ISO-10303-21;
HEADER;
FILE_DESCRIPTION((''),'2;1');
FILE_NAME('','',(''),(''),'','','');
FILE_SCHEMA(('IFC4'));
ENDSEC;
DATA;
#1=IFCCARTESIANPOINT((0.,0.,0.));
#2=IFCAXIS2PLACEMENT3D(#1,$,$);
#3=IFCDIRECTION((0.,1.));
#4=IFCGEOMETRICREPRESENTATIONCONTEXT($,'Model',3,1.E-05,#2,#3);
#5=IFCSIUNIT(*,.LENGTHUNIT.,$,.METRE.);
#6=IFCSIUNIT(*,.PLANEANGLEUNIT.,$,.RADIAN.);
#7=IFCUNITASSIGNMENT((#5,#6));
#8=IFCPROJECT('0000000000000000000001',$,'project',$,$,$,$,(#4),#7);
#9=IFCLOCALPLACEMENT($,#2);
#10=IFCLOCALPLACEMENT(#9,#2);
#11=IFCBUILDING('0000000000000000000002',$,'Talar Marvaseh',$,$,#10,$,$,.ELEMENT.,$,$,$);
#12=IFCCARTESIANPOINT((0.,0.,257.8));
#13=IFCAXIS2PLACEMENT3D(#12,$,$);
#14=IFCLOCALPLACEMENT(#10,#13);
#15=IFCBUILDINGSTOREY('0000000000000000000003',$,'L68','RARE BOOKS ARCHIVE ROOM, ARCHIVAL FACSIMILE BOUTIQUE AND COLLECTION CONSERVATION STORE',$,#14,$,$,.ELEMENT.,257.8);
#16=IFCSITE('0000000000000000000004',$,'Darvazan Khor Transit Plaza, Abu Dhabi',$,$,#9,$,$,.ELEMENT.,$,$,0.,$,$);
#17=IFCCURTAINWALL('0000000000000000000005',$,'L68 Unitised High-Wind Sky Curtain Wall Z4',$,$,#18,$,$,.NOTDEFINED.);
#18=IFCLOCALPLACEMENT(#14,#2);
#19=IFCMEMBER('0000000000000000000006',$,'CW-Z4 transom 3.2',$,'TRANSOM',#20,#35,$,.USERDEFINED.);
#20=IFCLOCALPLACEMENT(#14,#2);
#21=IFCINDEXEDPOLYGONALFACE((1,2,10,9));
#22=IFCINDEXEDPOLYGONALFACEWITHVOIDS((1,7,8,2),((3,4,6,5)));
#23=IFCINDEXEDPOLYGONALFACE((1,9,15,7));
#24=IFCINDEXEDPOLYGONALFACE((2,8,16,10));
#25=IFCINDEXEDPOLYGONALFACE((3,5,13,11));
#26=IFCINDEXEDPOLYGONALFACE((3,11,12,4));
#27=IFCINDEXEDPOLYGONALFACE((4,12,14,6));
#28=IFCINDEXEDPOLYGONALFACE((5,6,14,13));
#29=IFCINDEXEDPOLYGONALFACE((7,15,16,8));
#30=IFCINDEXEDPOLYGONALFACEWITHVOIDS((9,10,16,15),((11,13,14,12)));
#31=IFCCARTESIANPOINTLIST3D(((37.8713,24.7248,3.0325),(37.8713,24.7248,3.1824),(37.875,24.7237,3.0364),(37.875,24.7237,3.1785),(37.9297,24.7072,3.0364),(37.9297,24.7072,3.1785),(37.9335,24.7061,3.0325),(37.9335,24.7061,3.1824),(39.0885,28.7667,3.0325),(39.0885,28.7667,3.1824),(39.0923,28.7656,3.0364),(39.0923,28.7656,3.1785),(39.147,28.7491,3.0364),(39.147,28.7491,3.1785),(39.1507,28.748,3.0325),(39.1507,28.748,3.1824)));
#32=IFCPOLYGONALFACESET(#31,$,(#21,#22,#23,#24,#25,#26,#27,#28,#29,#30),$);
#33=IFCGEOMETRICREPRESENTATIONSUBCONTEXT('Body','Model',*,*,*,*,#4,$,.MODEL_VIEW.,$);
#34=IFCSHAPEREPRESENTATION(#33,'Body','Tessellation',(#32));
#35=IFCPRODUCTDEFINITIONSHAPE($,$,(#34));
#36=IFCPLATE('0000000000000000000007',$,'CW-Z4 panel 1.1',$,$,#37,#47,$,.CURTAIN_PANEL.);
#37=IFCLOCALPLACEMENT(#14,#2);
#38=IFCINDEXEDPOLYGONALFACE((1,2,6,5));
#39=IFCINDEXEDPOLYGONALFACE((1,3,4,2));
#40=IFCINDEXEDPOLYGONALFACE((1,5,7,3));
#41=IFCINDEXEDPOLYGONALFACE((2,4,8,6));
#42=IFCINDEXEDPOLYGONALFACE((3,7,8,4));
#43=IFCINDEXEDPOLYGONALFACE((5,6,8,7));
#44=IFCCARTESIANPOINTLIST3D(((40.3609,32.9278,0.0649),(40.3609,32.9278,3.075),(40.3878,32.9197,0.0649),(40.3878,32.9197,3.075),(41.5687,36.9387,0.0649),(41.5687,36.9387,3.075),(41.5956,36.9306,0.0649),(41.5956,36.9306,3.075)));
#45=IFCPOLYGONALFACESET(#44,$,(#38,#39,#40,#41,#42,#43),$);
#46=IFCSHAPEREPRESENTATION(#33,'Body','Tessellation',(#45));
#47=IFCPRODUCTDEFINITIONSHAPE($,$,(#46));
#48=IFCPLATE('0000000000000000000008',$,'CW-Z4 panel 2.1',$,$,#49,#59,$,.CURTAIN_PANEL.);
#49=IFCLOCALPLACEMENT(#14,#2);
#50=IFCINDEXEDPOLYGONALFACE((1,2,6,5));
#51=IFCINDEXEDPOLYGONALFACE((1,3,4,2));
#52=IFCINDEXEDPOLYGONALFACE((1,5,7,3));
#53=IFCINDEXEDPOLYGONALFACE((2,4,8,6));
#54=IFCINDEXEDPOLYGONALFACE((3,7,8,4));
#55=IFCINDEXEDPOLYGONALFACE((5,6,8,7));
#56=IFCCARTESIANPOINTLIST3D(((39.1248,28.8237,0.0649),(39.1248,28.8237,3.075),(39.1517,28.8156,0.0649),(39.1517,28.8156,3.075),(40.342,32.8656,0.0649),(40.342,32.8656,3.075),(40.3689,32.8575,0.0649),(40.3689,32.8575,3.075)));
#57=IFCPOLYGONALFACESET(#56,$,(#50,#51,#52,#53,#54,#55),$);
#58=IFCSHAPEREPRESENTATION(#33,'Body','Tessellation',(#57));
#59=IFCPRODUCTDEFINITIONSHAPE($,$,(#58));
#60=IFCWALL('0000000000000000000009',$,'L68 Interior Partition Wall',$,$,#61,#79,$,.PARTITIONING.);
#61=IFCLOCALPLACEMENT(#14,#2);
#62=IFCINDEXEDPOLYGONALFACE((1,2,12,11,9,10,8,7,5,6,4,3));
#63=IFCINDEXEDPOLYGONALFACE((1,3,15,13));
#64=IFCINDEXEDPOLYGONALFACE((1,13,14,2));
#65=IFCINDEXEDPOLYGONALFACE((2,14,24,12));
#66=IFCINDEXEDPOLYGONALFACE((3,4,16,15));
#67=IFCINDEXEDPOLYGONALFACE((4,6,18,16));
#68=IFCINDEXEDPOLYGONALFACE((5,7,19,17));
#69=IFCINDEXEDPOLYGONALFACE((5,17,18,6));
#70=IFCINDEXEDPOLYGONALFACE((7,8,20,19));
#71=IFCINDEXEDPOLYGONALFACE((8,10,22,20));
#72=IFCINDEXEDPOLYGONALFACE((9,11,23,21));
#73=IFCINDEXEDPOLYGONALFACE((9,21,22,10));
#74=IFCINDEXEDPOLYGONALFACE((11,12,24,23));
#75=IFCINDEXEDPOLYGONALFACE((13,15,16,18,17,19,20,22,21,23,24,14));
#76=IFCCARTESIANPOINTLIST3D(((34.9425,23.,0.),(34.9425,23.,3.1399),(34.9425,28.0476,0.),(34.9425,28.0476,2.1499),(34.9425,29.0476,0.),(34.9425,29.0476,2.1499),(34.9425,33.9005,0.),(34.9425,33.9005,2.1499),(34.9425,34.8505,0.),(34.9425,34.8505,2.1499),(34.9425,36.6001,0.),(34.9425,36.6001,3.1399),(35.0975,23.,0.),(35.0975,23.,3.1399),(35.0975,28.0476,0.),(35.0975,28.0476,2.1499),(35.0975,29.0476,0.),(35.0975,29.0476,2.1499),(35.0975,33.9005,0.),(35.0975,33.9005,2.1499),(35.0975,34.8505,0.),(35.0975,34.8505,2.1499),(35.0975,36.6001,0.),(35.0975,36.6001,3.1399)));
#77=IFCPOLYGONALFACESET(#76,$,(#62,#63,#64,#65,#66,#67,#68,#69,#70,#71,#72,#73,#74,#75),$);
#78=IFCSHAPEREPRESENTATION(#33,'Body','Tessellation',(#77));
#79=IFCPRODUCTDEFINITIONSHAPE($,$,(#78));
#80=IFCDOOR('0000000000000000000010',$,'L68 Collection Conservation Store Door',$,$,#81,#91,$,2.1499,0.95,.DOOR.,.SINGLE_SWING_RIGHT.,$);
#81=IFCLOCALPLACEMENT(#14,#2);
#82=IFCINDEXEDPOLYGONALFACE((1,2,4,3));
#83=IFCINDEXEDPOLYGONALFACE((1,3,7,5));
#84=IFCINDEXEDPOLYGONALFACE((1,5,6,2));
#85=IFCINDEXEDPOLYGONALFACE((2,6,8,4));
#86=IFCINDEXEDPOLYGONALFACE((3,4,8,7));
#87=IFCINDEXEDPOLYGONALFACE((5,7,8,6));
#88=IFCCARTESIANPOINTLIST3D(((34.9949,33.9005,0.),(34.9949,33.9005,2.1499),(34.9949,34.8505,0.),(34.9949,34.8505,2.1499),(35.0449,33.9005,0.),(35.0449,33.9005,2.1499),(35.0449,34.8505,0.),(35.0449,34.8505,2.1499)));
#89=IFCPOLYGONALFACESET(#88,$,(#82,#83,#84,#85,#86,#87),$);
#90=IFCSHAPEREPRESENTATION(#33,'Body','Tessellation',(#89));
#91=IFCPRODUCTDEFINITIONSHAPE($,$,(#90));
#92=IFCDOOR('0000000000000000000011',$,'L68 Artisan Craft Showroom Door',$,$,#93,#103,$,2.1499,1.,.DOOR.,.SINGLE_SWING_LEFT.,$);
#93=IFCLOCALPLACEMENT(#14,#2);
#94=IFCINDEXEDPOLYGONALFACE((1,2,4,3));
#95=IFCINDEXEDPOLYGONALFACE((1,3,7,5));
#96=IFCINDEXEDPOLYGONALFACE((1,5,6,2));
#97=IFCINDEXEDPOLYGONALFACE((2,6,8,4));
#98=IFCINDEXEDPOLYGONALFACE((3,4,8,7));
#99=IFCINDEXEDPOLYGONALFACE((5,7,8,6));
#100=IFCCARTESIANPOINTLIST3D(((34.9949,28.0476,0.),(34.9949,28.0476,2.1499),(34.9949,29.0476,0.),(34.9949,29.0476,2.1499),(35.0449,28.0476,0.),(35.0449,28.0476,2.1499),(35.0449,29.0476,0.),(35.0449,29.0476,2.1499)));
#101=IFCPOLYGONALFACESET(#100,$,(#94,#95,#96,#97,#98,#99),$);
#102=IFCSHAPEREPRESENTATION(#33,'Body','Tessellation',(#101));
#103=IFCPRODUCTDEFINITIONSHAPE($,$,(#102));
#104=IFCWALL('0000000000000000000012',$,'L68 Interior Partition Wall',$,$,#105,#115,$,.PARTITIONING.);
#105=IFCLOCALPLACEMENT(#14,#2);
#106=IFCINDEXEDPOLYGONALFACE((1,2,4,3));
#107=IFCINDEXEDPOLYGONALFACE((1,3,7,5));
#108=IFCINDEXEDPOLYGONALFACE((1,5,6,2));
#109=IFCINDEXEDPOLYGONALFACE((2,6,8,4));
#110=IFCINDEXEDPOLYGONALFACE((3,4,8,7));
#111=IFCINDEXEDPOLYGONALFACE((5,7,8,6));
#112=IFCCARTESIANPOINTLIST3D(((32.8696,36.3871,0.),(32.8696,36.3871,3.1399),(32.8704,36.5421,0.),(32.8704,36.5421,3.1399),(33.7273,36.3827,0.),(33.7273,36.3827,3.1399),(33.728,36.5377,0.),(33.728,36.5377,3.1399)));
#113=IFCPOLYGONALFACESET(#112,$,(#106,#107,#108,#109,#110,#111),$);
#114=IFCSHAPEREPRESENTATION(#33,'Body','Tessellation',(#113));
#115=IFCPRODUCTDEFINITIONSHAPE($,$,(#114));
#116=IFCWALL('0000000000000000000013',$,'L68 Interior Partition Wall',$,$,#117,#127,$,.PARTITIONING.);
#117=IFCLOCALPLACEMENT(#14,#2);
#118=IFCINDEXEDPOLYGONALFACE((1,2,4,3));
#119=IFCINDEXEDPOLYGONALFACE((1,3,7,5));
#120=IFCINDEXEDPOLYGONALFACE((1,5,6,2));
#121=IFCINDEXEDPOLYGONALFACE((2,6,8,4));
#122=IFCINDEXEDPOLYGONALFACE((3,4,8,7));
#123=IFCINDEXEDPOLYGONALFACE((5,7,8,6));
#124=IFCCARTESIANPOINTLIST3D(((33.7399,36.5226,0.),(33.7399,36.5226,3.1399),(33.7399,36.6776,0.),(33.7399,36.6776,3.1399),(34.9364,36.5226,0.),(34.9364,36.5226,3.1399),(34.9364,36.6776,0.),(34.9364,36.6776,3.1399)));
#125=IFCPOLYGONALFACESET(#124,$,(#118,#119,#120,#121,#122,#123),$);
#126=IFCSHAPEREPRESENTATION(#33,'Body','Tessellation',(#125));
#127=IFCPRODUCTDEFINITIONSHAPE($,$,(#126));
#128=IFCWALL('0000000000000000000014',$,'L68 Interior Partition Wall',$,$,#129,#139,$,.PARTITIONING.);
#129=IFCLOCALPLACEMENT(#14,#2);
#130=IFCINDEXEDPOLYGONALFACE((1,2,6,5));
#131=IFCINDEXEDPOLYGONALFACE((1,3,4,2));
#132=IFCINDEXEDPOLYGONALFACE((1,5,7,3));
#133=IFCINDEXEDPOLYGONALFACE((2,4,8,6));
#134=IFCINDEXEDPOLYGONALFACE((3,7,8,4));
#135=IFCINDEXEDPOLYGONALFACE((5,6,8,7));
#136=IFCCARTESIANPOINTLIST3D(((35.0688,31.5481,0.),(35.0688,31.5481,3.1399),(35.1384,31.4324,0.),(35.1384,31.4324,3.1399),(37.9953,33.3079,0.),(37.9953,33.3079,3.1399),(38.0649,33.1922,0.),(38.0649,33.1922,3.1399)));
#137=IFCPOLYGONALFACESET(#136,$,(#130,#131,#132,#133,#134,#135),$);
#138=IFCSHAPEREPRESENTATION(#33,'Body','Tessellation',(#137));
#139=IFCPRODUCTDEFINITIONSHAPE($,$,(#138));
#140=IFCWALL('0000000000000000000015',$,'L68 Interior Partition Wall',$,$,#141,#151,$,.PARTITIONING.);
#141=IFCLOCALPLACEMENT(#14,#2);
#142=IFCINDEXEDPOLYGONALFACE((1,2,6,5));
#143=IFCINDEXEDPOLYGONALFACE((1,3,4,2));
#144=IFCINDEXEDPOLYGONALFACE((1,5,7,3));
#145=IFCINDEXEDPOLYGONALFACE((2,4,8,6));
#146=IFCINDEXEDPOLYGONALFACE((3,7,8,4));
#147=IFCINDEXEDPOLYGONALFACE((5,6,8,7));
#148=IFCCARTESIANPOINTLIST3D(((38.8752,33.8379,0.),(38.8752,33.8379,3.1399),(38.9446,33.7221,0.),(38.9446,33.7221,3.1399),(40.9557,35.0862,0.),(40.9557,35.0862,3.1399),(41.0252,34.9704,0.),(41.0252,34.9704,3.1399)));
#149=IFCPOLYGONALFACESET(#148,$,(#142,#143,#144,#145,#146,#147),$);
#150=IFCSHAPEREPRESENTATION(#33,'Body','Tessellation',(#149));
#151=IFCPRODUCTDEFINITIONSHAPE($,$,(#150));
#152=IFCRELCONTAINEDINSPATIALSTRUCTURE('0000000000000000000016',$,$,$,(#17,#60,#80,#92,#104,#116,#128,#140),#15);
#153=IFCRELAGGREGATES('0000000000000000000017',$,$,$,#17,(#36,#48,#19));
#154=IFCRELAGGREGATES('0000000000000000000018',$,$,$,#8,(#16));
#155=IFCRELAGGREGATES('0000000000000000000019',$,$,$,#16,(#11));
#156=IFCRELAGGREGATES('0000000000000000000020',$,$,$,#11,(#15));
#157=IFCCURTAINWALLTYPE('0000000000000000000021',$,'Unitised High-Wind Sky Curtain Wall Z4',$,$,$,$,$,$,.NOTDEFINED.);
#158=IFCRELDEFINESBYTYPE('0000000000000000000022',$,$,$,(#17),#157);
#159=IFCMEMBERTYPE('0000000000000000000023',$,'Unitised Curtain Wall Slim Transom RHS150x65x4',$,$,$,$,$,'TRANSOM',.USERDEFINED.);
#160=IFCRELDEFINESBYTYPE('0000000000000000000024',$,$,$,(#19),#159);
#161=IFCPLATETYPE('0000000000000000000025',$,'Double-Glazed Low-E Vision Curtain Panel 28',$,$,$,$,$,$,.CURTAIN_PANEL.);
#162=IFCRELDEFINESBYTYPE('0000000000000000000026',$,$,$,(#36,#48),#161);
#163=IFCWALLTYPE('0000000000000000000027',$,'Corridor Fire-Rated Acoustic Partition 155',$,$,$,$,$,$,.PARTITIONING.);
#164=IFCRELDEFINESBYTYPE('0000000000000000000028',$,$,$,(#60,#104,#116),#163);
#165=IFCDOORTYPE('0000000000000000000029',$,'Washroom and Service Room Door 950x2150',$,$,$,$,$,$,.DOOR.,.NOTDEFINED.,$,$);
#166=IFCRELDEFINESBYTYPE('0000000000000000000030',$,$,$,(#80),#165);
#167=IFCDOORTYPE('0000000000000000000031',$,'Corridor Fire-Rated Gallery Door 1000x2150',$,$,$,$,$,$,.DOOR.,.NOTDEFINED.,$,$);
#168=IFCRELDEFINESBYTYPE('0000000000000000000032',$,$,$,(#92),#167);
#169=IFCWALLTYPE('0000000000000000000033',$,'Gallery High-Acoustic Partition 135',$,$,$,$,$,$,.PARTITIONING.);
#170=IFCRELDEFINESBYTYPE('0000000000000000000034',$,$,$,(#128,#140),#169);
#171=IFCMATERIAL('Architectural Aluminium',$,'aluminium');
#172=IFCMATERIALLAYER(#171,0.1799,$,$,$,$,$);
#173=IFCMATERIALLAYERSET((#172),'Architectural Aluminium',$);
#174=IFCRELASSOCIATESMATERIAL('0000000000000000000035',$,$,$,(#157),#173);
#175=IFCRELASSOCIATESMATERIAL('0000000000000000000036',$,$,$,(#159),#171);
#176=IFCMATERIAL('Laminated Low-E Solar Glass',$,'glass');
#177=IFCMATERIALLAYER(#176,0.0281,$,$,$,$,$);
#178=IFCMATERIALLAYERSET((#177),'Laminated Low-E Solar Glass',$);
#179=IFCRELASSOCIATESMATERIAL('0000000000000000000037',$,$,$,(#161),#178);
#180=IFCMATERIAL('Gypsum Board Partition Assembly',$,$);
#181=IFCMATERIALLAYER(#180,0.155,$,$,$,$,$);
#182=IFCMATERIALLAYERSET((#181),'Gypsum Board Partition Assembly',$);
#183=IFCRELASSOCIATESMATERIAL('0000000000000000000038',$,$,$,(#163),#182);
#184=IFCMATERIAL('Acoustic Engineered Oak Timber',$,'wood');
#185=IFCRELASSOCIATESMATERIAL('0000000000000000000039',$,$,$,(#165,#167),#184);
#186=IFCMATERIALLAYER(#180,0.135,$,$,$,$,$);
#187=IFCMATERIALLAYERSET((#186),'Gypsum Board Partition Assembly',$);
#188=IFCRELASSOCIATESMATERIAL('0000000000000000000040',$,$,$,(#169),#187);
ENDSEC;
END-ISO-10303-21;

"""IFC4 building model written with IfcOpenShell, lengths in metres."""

from ifc_helpers import new_model, si_unit, direction, frame, frame_2d, origin, origin_2d, place, context, subcontext, project, spatial, rectangle, hollow_rectangle, extrude, source, transform, mapped, material, layer, layer_set, material_profile, profile_set, type_object, type_shapes, element, fill, aggregate, save


model = new_model("IFC4")

# Units and contexts
model_context = context("Model", 3, precision=1e-05, world=origin(), true_north=direction((0.0, 1.0)))
body_context = subcontext(model_context, "Body", "Model", "MODEL_VIEW")
ifc_project = project(units=[si_unit("LENGTHUNIT", "METRE"), si_unit("PLANEANGLEUNIT", "RADIAN")], contexts=[model_context])

# Site, building, storey
site_placement = place(None, origin())
site = spatial("IfcSite", under=ifc_project, at=site_placement, Name="Darvazan Khor Transit Plaza, Abu Dhabi", CompositionType="ELEMENT", RefElevation=0.0)
building_placement = place(site_placement, origin())
building = spatial("IfcBuilding", under=site, at=building_placement, Name="Talar Marvaseh", CompositionType="ELEMENT")
storey_placement = place(building_placement, frame((0.0, 0.0, 257.8)))
storey = spatial("IfcBuildingStorey", under=building, at=storey_placement, Name="L68", Description="RARE BOOKS ARCHIVE ROOM, ARCHIVAL FACSIMILE BOUTIQUE AND COLLECTION CONSERVATION STORE", CompositionType="ELEMENT", Elevation=257.8)

# Curtain wall, member, plates
ifc_material_1 = material(Name="Architectural Aluminium", Category="aluminium")
ifc_layer_1 = layer(ifc_material_1, 0.1799)
ifc_layer_set_1 = layer_set([ifc_layer_1], Name="Architectural Aluminium")
curtain_wall_type = type_object("IfcCurtainWallType", Name="Unitised High-Wind Sky Curtain Wall Z4", PredefinedType="NOTDEFINED", material=ifc_layer_set_1)
curtain_wall_placement = place(storey_placement, origin())
curtain_wall = element("IfcCurtainWall", 1, at=curtain_wall_placement, inside=storey, type_object=curtain_wall_type, Name="L68 Unitised High-Wind Sky Curtain Wall Z4", PredefinedType="NOTDEFINED")
ifc_material_profile_1 = material_profile(ifc_material_1, hollow_rectangle(XDim=0.0649, YDim=0.1499, WallThickness=0.0039, at=origin_2d()), Name="RHS150x65x4")
ifc_profile_set_1 = profile_set([ifc_material_profile_1], Name="Architectural Aluminium")
member_type_1 = type_object("IfcMemberType", Name="Unitised Curtain Wall Slim Transom RHS150x65x4", ElementType="TRANSOM", PredefinedType="USERDEFINED", material=ifc_profile_set_1)
shared_shape_1 = source(origin(), body_context, "Body", "SweptSolid", [
    extrude(hollow_rectangle(XDim=0.0649, YDim=0.1499, WallThickness=0.0039, at=origin_2d()), origin(), (0.0, 0.0, 1.0), 4.2212),
])
type_shapes(member_type_1, [shared_shape_1])
member_1_placement = place(storey_placement, frame((39.1196, 28.7573, 3.1074), z_axis=(-0.288366, -0.95752, 0.0), x_axis=(0.95752, -0.288366, 0.0)))
member_1 = element("IfcMember", 2, at=member_1_placement, type_object=member_type_1, Name="CW-Z4 transom 3.2", ObjectType="TRANSOM", PredefinedType="USERDEFINED", context=body_context, shape_type="MappedRepresentation", body=[
    mapped(shared_shape_1, transform((0.0, 0.0, 0.0), x_axis=(1.0, 0.0, 0.0), y_axis=(0.0, 1.0, 0.0), z_axis=(0.0, 0.0, 1.0), scale=1.0)),
])
ifc_material_2 = material(Name="Laminated Low-E Solar Glass", Category="glass")
ifc_layer_2 = layer(ifc_material_2, 0.0281)
ifc_layer_set_2 = layer_set([ifc_layer_2], Name="Laminated Low-E Solar Glass")
plate_type = type_object("IfcPlateType", Name="Double-Glazed Low-E Vision Curtain Panel 28", PredefinedType="CURTAIN_PANEL", material=ifc_layer_set_2)
shared_shape_2 = source(origin(), body_context, "Body", "SweptSolid", [
    extrude(rectangle(XDim=4.1887, YDim=0.0281, at=origin_2d()), origin(), (0.0, 0.0, 1.0), 3.01),
])
plate_1_placement = place(storey_placement, frame((40.9783, 34.9292, 0.0649), z_axis=(0.0, 0.0, 1.0), x_axis=(-0.288346, -0.957526, 0.0)))
plate_1 = element("IfcPlate", 3, at=plate_1_placement, type_object=plate_type, Name="CW-Z4 panel 1.1", PredefinedType="CURTAIN_PANEL", context=body_context, shape_type="MappedRepresentation", body=[
    mapped(shared_shape_2, transform((0.0, 0.0, 0.0), x_axis=(1.0, 0.0, 0.0), y_axis=(0.0, 1.0, 0.0), z_axis=(0.0, 0.0, 1.0), scale=1.0)),
])
shared_shape_3 = source(origin(), body_context, "Body", "SweptSolid", [
    extrude(rectangle(XDim=4.2212, YDim=0.0281, at=origin_2d()), origin(), (0.0, 0.0, 1.0), 3.01),
])
type_shapes(plate_type, [shared_shape_2, shared_shape_3])
plate_2_placement = place(storey_placement, frame((39.7468, 30.8406, 0.0649), z_axis=(0.0, 0.0, 1.0), x_axis=(-0.288346, -0.957526, 0.0)))
plate_2 = element("IfcPlate", 4, at=plate_2_placement, type_object=plate_type, Name="CW-Z4 panel 2.1", PredefinedType="CURTAIN_PANEL", context=body_context, shape_type="MappedRepresentation", body=[
    mapped(shared_shape_3, transform((0.0, 0.0, 0.0), x_axis=(1.0, 0.0, 0.0), y_axis=(0.0, 1.0, 0.0), z_axis=(0.0, 0.0, 1.0), scale=1.0)),
])
aggregate(curtain_wall, [plate_1, plate_2, member_1])

# Wall, openings, doors
ifc_material_3 = material(Name="Gypsum Board Partition Assembly")
ifc_layer_3 = layer(ifc_material_3, 0.155)
ifc_layer_set_3 = layer_set([ifc_layer_3], Name="Gypsum Board Partition Assembly")
wall_type_1 = type_object("IfcWallType", Name="Corridor Fire-Rated Acoustic Partition 155", PredefinedType="PARTITIONING", material=ifc_layer_set_3)
wall_1_placement = place(storey_placement, frame((35.02, 36.6001, 0.0), z_axis=(0.0, 0.0, 1.0), x_axis=(0.0, -1.0, 0.0)))
wall_1 = element("IfcWall", 5, at=wall_1_placement, inside=storey, type_object=wall_type_1, Name="L68 Interior Partition Wall", PredefinedType="PARTITIONING", context=body_context, shape_type="SweptSolid", body=[
    extrude(rectangle(XDim=13.6001, YDim=0.155, at=frame_2d((6.8, 0.0))), origin(), (0.0, 0.0, 1.0), 3.1399),
])
opening_1_placement = place(wall_1_placement, frame((7.5525, 0.0, 0.0)))
opening_1 = element("IfcOpeningElement", 6, at=opening_1_placement, cuts=wall_1, PredefinedType="OPENING", context=body_context, shape_type="SweptSolid", body=[
    extrude(rectangle(XDim=1.0, YDim=2.1499, at=frame_2d((0.5, 1.075))), frame((0.0, 0.0874, 0.0), z_axis=(0.0, -1.0, 0.0), x_axis=(1.0, 0.0, 0.0)), (0.0, 0.0, 1.0), 0.175),
])
opening_2_placement = place(wall_1_placement, frame((1.7495, 0.0, 0.0)))
opening_2 = element("IfcOpeningElement", 7, at=opening_2_placement, cuts=wall_1, PredefinedType="OPENING", context=body_context, shape_type="SweptSolid", body=[
    extrude(rectangle(XDim=0.95, YDim=2.1499, at=frame_2d((0.4751, 1.075))), frame((0.0, 0.0874, 0.0), z_axis=(0.0, -1.0, 0.0), x_axis=(1.0, 0.0, 0.0)), (0.0, 0.0, 1.0), 0.175),
])
ifc_material_4 = material(Name="Acoustic Engineered Oak Timber", Category="wood")
door_type_1 = type_object("IfcDoorType", Name="Washroom and Service Room Door 950x2150", OperationType="NOTDEFINED", PredefinedType="DOOR", material=ifc_material_4)
shared_shape_4 = source(origin(), body_context, "Body", "SweptSolid", [
    extrude(rectangle(XDim=0.95, YDim=2.1499, at=frame_2d((0.4751, 1.075))), frame((0.0, 0.0249, 0.0), z_axis=(0.0, -1.0, 0.0), x_axis=(1.0, 0.0, 0.0)), (0.0, 0.0, 1.0), 0.05),
])
type_shapes(door_type_1, [shared_shape_4])
door_1_placement = place(opening_2_placement, origin())
door_1 = element("IfcDoor", 8, at=door_1_placement, inside=storey, type_object=door_type_1, Name="L68 Collection Conservation Store Door", OperationType="SINGLE_SWING_RIGHT", OverallHeight=2.1499, OverallWidth=0.95, PredefinedType="DOOR", context=body_context, shape_type="MappedRepresentation", body=[
    mapped(shared_shape_4, transform((0.0, 0.0, 0.0), x_axis=(1.0, 0.0, 0.0), y_axis=(0.0, 1.0, 0.0), z_axis=(0.0, 0.0, 1.0), scale=1.0)),
])
fill(opening_2, door_1)
door_type_2 = type_object("IfcDoorType", Name="Corridor Fire-Rated Gallery Door 1000x2150", OperationType="NOTDEFINED", PredefinedType="DOOR", material=ifc_material_4)
shared_shape_5 = source(origin(), body_context, "Body", "SweptSolid", [
    extrude(rectangle(XDim=1.0, YDim=2.1499, at=frame_2d((0.5, 1.075))), frame((0.0, 0.0249, 0.0), z_axis=(0.0, -1.0, 0.0), x_axis=(1.0, 0.0, 0.0)), (0.0, 0.0, 1.0), 0.05),
])
type_shapes(door_type_2, [shared_shape_5])
door_2_placement = place(opening_1_placement, origin())
door_2 = element("IfcDoor", 9, at=door_2_placement, inside=storey, type_object=door_type_2, Name="L68 Artisan Craft Showroom Door", OperationType="SINGLE_SWING_LEFT", OverallHeight=2.1499, OverallWidth=1.0, PredefinedType="DOOR", context=body_context, shape_type="MappedRepresentation", body=[
    mapped(shared_shape_5, transform((0.0, 0.0, 0.0), x_axis=(1.0, 0.0, 0.0), y_axis=(0.0, 1.0, 0.0), z_axis=(0.0, 0.0, 1.0), scale=1.0)),
])
fill(opening_1, door_2)

# Walls
wall_2_placement = place(storey_placement, frame((32.8701, 36.4646, 0.0), z_axis=(0.0, 0.0, 1.0), x_axis=(0.999987, -0.005124, 0.0)))
element("IfcWall", 10, at=wall_2_placement, inside=storey, type_object=wall_type_1, Name="L68 Interior Partition Wall", PredefinedType="PARTITIONING", context=body_context, shape_type="SweptSolid", body=[
    extrude(rectangle(XDim=0.8577, YDim=0.155, at=frame_2d((0.4287, 0.0))), origin(), (0.0, 0.0, 1.0), 3.1399),
])
wall_3_placement = place(storey_placement, frame((33.74, 36.6001, 0.0), z_axis=(0.0, 0.0, 1.0), x_axis=(1.0, 0.0, 0.0)))
element("IfcWall", 11, at=wall_3_placement, inside=storey, type_object=wall_type_1, Name="L68 Interior Partition Wall", PredefinedType="PARTITIONING", context=body_context, shape_type="SweptSolid", body=[
    extrude(rectangle(XDim=1.1965, YDim=0.155, at=frame_2d((0.5981, 0.0))), origin(), (0.0, 0.0, 1.0), 3.1399),
])
ifc_layer_4 = layer(ifc_material_3, 0.135)
ifc_layer_set_4 = layer_set([ifc_layer_4], Name="Gypsum Board Partition Assembly")
wall_type_2 = type_object("IfcWallType", Name="Gallery High-Acoustic Partition 135", PredefinedType="PARTITIONING", material=ifc_layer_set_4)
wall_4_placement = place(storey_placement, frame((35.1035, 31.4902, 0.0), z_axis=(0.0, 0.0, 1.0), x_axis=(0.856994, 0.515326, 0.0)))
element("IfcWall", 12, at=wall_4_placement, inside=storey, type_object=wall_type_2, Name="L68 Interior Partition Wall", PredefinedType="PARTITIONING", context=body_context, shape_type="SweptSolid", body=[
    extrude(rectangle(XDim=3.4148, YDim=0.135, at=frame_2d((1.7075, 0.0))), origin(), (0.0, 0.0, 1.0), 3.1399),
])
wall_5_placement = place(storey_placement, frame((38.9099, 33.78, 0.0), z_axis=(0.0, 0.0, 1.0), x_axis=(0.857502, 0.514481, 0.0)))
element("IfcWall", 13, at=wall_5_placement, inside=storey, type_object=wall_type_2, Name="L68 Interior Partition Wall", PredefinedType="PARTITIONING", context=body_context, shape_type="SweptSolid", body=[
    extrude(rectangle(XDim=2.4263, YDim=0.135, at=frame_2d((1.2131, 0.0))), origin(), (0.0, 0.0, 1.0), 3.1399),
])

save(model, "model.ifc")
